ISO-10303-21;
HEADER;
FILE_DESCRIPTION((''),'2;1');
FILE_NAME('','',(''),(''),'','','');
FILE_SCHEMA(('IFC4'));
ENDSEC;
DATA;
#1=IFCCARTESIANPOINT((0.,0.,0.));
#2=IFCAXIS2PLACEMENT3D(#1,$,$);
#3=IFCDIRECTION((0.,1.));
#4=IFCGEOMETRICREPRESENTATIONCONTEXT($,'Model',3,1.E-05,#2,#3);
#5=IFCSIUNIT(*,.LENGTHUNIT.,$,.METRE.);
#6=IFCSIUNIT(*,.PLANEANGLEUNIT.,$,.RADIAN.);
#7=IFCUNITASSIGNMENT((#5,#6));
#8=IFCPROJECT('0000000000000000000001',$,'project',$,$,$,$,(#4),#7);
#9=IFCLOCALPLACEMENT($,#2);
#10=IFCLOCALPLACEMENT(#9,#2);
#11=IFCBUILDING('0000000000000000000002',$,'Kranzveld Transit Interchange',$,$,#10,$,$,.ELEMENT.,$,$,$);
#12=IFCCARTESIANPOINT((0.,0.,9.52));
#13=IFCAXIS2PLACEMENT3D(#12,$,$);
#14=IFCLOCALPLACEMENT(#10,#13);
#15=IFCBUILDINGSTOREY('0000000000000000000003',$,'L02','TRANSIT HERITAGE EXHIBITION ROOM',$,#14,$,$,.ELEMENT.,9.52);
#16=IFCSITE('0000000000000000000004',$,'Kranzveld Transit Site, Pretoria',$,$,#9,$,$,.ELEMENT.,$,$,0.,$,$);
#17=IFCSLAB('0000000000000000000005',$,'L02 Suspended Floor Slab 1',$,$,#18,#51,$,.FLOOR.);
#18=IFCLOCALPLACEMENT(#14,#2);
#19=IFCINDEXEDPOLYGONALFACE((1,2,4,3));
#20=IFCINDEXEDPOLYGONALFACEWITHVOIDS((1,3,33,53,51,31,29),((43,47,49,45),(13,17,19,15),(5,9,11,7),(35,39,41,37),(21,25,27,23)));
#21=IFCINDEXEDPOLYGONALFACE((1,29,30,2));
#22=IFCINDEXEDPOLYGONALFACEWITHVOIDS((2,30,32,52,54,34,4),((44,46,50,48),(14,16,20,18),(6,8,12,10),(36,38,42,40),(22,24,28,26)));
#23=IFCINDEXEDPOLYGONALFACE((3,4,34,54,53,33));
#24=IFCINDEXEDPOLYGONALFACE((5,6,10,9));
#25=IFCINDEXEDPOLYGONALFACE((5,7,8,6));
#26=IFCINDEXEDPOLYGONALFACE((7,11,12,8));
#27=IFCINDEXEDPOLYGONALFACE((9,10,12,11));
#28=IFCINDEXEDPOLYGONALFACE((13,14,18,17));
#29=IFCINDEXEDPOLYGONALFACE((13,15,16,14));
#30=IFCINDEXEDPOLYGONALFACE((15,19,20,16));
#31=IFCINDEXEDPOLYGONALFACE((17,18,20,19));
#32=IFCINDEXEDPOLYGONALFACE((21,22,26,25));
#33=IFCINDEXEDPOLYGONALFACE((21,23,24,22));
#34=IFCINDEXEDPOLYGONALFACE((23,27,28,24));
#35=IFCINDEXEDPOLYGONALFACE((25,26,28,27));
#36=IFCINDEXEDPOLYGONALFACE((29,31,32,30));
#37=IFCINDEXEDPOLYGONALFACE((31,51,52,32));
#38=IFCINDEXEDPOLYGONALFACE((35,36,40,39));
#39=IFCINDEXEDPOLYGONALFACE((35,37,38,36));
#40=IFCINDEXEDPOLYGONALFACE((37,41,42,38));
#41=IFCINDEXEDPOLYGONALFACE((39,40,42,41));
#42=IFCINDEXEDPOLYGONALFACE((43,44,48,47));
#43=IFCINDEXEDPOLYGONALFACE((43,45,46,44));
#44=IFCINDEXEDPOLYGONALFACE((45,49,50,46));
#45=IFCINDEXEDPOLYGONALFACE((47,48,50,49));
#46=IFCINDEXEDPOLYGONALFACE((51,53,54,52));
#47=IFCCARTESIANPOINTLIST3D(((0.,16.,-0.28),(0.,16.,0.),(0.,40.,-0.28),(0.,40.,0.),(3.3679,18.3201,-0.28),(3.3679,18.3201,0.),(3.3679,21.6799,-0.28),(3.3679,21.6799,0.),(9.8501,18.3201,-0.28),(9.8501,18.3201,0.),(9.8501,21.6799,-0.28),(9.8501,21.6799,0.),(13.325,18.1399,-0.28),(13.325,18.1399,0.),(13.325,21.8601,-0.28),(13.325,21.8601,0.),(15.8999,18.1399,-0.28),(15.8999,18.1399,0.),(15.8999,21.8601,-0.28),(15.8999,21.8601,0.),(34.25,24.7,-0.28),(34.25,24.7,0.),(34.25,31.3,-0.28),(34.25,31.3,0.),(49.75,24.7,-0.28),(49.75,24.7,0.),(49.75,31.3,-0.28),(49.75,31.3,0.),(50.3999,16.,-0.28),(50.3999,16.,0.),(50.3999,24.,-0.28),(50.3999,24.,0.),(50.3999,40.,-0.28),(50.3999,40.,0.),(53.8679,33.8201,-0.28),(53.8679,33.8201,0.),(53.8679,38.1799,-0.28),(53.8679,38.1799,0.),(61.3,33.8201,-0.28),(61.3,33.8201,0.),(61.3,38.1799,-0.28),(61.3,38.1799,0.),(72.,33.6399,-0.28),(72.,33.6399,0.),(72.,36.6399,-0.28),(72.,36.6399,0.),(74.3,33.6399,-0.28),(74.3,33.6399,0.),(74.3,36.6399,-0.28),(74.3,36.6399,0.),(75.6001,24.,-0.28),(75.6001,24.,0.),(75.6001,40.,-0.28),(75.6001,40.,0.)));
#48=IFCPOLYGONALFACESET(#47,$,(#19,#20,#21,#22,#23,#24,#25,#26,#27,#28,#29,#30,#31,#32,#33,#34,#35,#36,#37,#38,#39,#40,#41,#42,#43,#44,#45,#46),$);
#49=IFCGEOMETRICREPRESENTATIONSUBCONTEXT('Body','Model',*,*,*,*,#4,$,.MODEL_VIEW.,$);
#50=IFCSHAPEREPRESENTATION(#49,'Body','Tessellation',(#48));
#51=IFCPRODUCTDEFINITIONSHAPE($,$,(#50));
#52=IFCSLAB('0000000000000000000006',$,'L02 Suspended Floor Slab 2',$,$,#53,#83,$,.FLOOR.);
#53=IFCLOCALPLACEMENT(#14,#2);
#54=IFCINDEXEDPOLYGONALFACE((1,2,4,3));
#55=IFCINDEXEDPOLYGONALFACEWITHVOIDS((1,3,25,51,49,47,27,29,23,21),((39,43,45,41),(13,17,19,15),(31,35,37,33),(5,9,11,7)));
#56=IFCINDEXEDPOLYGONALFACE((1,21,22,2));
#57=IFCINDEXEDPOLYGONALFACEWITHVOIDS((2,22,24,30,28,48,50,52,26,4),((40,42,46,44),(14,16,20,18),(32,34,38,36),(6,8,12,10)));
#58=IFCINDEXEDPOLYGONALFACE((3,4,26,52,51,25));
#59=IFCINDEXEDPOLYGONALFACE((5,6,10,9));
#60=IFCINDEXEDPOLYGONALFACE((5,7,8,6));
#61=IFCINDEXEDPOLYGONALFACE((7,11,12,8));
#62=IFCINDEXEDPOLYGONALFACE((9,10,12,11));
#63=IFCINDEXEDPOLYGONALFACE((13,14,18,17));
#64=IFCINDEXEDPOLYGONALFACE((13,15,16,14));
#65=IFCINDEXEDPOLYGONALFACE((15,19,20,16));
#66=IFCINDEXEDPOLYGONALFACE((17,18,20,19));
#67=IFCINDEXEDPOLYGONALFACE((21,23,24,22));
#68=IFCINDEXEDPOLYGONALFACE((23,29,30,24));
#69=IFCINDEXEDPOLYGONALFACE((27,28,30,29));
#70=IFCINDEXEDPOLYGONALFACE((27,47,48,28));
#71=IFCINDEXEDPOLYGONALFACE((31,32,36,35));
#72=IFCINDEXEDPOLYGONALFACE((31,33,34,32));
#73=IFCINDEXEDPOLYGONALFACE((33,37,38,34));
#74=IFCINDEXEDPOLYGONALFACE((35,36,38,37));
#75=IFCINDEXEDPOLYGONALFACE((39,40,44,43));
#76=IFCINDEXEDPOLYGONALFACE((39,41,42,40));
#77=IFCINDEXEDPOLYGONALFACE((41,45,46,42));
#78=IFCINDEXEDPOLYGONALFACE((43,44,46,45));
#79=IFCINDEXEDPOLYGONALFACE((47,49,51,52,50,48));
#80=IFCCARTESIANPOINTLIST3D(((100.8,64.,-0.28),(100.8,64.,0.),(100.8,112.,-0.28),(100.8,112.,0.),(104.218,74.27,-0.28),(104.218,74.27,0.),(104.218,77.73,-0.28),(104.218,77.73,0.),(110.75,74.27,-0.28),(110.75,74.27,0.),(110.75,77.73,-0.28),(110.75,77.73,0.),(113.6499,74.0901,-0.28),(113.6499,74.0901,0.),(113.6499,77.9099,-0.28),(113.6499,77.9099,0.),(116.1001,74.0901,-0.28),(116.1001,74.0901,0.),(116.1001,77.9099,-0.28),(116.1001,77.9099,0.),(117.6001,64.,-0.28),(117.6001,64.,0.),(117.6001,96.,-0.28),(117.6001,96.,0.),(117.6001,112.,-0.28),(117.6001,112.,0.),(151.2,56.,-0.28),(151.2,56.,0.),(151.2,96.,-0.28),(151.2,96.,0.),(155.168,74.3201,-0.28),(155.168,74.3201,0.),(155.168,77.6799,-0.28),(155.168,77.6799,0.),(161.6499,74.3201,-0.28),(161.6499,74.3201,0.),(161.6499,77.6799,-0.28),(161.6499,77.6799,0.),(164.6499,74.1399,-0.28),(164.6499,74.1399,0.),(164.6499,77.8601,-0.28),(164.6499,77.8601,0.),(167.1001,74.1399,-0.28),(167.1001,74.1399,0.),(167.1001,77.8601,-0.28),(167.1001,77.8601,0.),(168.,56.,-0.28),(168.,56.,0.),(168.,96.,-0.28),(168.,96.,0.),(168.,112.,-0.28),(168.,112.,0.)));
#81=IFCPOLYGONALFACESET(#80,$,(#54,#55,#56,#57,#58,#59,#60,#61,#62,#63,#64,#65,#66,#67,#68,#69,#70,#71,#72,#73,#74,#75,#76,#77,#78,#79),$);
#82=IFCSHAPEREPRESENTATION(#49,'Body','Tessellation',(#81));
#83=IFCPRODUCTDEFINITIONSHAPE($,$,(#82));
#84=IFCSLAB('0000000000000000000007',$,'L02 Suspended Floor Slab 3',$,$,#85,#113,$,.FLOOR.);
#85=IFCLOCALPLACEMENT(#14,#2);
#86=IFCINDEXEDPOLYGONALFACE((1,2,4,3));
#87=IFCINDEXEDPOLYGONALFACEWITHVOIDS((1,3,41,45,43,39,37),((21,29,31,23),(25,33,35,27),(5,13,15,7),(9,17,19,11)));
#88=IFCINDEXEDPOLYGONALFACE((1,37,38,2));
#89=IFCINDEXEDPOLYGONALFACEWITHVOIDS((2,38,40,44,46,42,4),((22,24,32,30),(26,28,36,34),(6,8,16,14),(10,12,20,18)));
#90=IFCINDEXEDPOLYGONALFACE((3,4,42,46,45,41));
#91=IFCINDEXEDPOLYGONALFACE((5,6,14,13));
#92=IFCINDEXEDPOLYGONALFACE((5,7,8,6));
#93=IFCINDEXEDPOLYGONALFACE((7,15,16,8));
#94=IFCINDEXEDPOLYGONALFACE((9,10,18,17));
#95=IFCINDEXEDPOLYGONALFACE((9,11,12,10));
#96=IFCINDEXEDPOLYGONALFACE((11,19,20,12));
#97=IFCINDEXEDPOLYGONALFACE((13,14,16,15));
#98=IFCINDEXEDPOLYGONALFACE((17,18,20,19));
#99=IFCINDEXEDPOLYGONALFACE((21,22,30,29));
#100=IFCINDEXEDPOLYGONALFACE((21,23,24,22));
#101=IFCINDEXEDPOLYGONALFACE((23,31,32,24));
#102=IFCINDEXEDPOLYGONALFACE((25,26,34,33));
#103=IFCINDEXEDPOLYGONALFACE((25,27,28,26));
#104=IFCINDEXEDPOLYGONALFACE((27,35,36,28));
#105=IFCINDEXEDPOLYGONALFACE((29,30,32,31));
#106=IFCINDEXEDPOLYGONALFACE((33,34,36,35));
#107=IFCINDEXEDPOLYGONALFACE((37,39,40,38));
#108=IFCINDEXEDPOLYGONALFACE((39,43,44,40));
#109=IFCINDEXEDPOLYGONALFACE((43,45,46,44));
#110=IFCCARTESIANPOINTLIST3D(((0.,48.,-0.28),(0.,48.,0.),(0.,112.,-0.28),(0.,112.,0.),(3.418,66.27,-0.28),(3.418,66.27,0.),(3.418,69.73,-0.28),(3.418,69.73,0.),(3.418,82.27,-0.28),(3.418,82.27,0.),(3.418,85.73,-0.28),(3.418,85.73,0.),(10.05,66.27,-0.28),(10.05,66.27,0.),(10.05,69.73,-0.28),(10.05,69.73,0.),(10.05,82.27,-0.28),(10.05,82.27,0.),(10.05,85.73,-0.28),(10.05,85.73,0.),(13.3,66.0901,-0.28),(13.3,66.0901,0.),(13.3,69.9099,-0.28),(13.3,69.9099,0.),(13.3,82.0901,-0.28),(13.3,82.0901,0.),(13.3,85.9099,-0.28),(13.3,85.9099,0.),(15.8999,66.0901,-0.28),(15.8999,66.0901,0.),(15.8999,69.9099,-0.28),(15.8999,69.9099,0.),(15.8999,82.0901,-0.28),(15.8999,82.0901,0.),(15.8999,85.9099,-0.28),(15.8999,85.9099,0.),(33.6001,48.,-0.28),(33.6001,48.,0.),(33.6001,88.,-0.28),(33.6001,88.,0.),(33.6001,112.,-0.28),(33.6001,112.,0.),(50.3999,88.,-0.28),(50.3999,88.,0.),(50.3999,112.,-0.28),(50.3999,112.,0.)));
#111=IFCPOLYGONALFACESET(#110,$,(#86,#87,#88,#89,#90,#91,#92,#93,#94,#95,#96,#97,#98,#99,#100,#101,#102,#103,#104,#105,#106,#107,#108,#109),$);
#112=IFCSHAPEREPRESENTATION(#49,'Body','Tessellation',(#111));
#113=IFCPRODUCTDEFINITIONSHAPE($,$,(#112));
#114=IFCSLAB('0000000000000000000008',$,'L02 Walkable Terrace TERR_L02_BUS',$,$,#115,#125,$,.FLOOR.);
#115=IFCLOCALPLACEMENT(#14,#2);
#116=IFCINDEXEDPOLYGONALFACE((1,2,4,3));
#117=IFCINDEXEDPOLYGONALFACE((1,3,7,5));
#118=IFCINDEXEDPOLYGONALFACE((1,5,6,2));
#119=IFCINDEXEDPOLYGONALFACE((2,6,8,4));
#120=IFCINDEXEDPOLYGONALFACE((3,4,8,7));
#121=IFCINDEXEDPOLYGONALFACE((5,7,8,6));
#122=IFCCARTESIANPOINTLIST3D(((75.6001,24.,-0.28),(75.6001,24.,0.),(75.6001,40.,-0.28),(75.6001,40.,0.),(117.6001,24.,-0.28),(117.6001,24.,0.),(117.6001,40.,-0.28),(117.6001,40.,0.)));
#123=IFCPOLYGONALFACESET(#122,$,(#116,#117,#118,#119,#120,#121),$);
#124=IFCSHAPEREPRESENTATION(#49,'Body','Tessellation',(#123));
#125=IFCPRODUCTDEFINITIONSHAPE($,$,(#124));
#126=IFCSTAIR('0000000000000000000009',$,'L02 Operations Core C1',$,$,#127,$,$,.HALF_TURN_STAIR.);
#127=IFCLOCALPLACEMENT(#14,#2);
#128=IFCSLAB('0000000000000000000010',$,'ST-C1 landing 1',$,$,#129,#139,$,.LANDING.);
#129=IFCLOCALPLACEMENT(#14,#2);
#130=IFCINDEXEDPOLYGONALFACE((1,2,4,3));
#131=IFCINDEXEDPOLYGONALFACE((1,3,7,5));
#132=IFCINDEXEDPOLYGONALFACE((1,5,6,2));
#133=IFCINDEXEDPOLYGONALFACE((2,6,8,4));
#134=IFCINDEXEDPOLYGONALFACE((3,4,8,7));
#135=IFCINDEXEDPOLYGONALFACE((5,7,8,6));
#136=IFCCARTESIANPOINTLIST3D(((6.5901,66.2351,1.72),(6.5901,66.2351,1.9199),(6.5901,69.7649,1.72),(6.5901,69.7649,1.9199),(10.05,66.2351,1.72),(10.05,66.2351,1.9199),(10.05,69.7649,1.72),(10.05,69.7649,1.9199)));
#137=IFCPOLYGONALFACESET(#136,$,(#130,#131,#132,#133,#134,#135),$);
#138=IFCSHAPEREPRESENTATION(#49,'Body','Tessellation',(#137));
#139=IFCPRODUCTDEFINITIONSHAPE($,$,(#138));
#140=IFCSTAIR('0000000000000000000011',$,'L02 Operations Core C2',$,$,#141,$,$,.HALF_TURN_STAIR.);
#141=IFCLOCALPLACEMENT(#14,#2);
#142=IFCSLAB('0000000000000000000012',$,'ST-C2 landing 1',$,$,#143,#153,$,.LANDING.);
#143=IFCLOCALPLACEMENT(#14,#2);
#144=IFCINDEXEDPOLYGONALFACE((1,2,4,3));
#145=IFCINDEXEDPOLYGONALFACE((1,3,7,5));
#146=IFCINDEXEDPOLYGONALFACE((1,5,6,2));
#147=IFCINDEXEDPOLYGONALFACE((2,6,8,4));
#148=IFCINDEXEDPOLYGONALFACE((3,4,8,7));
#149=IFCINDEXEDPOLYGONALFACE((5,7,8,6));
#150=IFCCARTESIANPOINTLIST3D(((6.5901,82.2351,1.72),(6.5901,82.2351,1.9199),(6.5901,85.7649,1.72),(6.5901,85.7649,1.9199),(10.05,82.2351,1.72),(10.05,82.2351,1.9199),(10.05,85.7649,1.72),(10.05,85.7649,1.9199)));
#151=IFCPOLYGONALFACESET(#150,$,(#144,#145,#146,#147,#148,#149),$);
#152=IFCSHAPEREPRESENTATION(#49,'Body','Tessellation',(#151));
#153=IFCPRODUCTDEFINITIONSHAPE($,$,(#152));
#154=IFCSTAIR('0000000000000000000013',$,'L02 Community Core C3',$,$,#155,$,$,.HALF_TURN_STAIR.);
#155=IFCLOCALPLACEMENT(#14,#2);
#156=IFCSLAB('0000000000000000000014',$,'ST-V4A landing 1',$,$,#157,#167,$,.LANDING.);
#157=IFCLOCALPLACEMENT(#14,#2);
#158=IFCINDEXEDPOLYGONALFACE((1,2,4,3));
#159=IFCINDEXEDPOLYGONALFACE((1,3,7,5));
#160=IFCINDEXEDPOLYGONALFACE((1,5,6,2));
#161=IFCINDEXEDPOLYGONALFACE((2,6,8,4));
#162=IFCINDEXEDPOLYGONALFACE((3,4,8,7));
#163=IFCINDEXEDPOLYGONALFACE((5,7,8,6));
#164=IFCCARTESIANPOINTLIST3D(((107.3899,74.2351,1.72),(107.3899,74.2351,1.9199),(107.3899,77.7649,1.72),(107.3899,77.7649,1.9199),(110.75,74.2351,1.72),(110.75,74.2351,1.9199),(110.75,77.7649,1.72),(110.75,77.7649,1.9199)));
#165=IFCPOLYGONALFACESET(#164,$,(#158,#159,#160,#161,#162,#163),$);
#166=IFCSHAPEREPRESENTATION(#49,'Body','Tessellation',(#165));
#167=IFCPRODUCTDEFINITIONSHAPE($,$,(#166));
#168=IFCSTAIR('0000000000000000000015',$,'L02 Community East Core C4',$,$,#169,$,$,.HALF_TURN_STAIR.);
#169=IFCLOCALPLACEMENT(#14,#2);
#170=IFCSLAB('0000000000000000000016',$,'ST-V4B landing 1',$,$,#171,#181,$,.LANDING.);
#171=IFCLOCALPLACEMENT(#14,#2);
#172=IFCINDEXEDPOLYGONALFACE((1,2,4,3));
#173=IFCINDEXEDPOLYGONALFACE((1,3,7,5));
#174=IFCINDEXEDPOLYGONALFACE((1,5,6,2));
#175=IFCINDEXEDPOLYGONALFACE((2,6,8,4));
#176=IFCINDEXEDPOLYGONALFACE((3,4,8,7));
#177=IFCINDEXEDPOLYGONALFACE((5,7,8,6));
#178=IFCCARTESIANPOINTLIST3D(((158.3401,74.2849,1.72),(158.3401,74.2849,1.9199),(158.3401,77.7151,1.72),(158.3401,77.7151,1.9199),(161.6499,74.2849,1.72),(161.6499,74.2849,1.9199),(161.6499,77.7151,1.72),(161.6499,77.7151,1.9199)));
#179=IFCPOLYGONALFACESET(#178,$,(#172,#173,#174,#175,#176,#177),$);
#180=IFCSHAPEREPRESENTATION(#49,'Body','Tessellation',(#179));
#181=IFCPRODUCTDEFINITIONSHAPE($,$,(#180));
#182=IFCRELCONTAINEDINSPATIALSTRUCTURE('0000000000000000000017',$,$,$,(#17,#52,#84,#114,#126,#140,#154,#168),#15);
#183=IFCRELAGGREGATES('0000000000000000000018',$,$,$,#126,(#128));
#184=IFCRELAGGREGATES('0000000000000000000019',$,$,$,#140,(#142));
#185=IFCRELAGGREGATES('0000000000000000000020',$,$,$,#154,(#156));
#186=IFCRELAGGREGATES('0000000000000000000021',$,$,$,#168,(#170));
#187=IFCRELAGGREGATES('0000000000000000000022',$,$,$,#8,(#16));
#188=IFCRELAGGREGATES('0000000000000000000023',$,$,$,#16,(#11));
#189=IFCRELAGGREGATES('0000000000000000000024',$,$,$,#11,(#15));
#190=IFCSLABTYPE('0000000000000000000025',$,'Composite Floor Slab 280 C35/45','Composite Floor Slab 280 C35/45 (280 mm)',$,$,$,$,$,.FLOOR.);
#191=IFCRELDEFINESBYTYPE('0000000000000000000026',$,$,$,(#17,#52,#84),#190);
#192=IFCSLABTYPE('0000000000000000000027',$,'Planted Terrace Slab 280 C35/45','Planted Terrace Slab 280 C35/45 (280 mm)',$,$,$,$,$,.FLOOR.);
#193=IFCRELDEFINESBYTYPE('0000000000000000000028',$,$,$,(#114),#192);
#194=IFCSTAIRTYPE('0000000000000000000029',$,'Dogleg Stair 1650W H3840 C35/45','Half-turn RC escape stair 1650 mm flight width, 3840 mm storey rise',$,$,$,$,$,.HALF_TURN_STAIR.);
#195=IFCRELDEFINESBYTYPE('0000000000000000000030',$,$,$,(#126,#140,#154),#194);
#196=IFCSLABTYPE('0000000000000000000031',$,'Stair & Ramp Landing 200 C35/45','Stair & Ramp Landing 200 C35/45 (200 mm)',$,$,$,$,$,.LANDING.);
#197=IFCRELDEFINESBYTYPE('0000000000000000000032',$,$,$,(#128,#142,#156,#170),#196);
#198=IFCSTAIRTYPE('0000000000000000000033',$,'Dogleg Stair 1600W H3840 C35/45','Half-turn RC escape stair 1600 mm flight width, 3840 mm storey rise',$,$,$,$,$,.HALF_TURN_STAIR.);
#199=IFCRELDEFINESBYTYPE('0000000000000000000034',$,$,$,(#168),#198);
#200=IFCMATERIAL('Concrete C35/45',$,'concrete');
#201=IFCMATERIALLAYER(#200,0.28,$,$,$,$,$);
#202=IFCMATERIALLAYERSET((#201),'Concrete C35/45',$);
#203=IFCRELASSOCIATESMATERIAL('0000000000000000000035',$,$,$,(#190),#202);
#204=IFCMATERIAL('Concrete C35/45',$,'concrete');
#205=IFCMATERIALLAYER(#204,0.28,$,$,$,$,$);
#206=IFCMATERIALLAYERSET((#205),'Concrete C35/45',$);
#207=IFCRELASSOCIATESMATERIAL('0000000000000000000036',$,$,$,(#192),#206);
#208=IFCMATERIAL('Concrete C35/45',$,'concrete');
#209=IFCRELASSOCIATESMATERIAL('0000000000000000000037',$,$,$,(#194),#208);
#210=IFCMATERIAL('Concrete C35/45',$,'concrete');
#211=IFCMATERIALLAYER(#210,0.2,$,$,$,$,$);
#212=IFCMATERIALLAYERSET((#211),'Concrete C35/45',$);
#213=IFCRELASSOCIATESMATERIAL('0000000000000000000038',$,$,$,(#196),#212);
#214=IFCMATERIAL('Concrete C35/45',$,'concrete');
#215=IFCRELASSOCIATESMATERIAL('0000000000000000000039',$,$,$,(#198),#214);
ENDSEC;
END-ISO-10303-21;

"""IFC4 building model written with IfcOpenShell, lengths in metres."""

from ifc_helpers import new_model, si_unit, direction, frame, origin, place, context, subcontext, project, spatial, polyline, outline, extrude, material, layer, layer_set, type_object, element, aggregate, save


model = new_model("IFC4")

# Units and contexts
model_context = context("Model", 3, precision=1e-05, world=origin(), true_north=direction((0.0, 1.0)))
body_context = subcontext(model_context, "Body", "Model", "MODEL_VIEW")
ifc_project = project(units=[si_unit("LENGTHUNIT", "METRE"), si_unit("PLANEANGLEUNIT", "RADIAN")], contexts=[model_context])

# Site, building, storey
site_placement = place(None, origin())
site = spatial("IfcSite", under=ifc_project, at=site_placement, Name="Kranzveld Transit Site, Pretoria", CompositionType="ELEMENT", RefElevation=0.0)
building_placement = place(site_placement, origin())
building = spatial("IfcBuilding", under=site, at=building_placement, Name="Kranzveld Transit Interchange", CompositionType="ELEMENT")
storey_placement = place(building_placement, frame((0.0, 0.0, 9.52)))
storey = spatial("IfcBuildingStorey", under=building, at=storey_placement, Name="L02", Description="TRANSIT HERITAGE EXHIBITION ROOM", CompositionType="ELEMENT", Elevation=9.52)

# Slabs
ifc_material_1 = material(Name="Concrete C35/45", Category="concrete")
ifc_layer_1 = layer(ifc_material_1, 0.28)
ifc_layer_set_1 = layer_set([ifc_layer_1], Name="Concrete C35/45")
slab_type_1 = type_object("IfcSlabType", Name="Composite Floor Slab 280 C35/45", Description="Composite Floor Slab 280 C35/45 (280 mm)", PredefinedType="FLOOR", material=ifc_layer_set_1)
slab_1_placement = place(storey_placement, frame((0.0, 0.0, -0.28)))
element("IfcSlab", 1, at=slab_1_placement, inside=storey, type_object=slab_type_1, Name="L02 Suspended Floor Slab 1", PredefinedType="FLOOR", context=body_context, shape_type="SweptSolid", body=[
    extrude(outline(polyline([(0.0, 40.0), (50.3999, 40.0), (75.6001, 40.0), (75.6001, 24.0), (50.3999, 24.0), (50.3999, 16.0), (0.0, 16.0), (0.0, 40.0)]), holes=[polyline([(9.8501, 21.6799), (3.3679, 21.6799), (3.3679, 18.3201), (9.8501, 18.3201), (9.8501, 21.6799)]), polyline([(15.8999, 21.8601), (13.325, 21.8601), (13.325, 18.1399), (15.8999, 18.1399), (15.8999, 21.8601)]), polyline([(49.75, 31.3), (34.25, 31.3), (34.25, 24.7), (49.75, 24.7), (49.75, 31.3)]), polyline([(74.3, 36.6399), (72.0, 36.6399), (72.0, 33.6399), (74.3, 33.6399), (74.3, 36.6399)]), polyline([(61.3, 33.8201), (61.3, 38.1799), (53.8679, 38.1799), (53.8679, 33.8201), (61.3, 33.8201)])]), origin(), (0.0, 0.0, 1.0), 0.28),
])
slab_2_placement = place(storey_placement, frame((0.0, 0.0, -0.28)))
element("IfcSlab", 2, at=slab_2_placement, inside=storey, type_object=slab_type_1, Name="L02 Suspended Floor Slab 2", PredefinedType="FLOOR", context=body_context, shape_type="SweptSolid", body=[
    extrude(outline(polyline([(151.2, 56.0), (151.2, 96.0), (117.6001, 96.0), (117.6001, 64.0), (100.8, 64.0), (100.8, 112.0), (117.6001, 112.0), (168.0, 112.0), (168.0, 96.0), (168.0, 56.0), (151.2, 56.0)]), holes=[polyline([(110.75, 74.27), (110.75, 77.73), (104.218, 77.73), (104.218, 74.27), (110.75, 74.27)]), polyline([(116.1001, 77.9099), (113.6499, 77.9099), (113.6499, 74.0901), (116.1001, 74.0901), (116.1001, 77.9099)]), polyline([(161.6499, 74.3201), (161.6499, 77.6799), (155.168, 77.6799), (155.168, 74.3201), (161.6499, 74.3201)]), polyline([(167.1001, 77.8601), (164.6499, 77.8601), (164.6499, 74.1399), (167.1001, 74.1399), (167.1001, 77.8601)])]), origin(), (0.0, 0.0, 1.0), 0.28),
])
slab_3_placement = place(storey_placement, frame((0.0, 0.0, -0.28)))
element("IfcSlab", 3, at=slab_3_placement, inside=storey, type_object=slab_type_1, Name="L02 Suspended Floor Slab 3", PredefinedType="FLOOR", context=body_context, shape_type="SweptSolid", body=[
    extrude(outline(polyline([(50.3999, 112.0), (50.3999, 88.0), (33.6001, 88.0), (33.6001, 48.0), (0.0, 48.0), (0.0, 112.0), (33.6001, 112.0), (50.3999, 112.0)]), holes=[polyline([(10.05, 69.73), (3.418, 69.73), (3.418, 66.27), (10.05, 66.27), (10.05, 69.73)]), polyline([(15.8999, 69.9099), (13.3, 69.9099), (13.3, 66.0901), (15.8999, 66.0901), (15.8999, 69.9099)]), polyline([(10.05, 82.27), (10.05, 85.73), (3.418, 85.73), (3.418, 82.27), (10.05, 82.27)]), polyline([(13.3, 85.9099), (13.3, 82.0901), (15.8999, 82.0901), (15.8999, 85.9099), (13.3, 85.9099)])]), origin(), (0.0, 0.0, 1.0), 0.28),
])
ifc_material_2 = material(Name="Concrete C35/45", Category="concrete")
ifc_layer_2 = layer(ifc_material_2, 0.28)
ifc_layer_set_2 = layer_set([ifc_layer_2], Name="Concrete C35/45")
slab_type_2 = type_object("IfcSlabType", Name="Planted Terrace Slab 280 C35/45", Description="Planted Terrace Slab 280 C35/45 (280 mm)", PredefinedType="FLOOR", material=ifc_layer_set_2)
slab_4_placement = place(storey_placement, frame((0.0, 0.0, -0.28)))
element("IfcSlab", 4, at=slab_4_placement, inside=storey, type_object=slab_type_2, Name="L02 Walkable Terrace TERR_L02_BUS", PredefinedType="FLOOR", context=body_context, shape_type="SweptSolid", body=[
    extrude(outline(polyline([(117.6001, 24.0), (117.6001, 40.0), (75.6001, 40.0), (75.6001, 24.0), (117.6001, 24.0)])), origin(), (0.0, 0.0, 1.0), 0.28),
])

# Stairs, slabs
ifc_material_3 = material(Name="Concrete C35/45", Category="concrete")
stair_type_1 = type_object("IfcStairType", Name="Dogleg Stair 1650W H3840 C35/45", Description="Half-turn RC escape stair 1650 mm flight width, 3840 mm storey rise", PredefinedType="HALF_TURN_STAIR", material=ifc_material_3)
stair_1_placement = place(storey_placement, origin())
stair_1 = element("IfcStair", 5, at=stair_1_placement, inside=storey, type_object=stair_type_1, Name="L02 Operations Core C1", PredefinedType="HALF_TURN_STAIR")
ifc_material_4 = material(Name="Concrete C35/45", Category="concrete")
ifc_layer_3 = layer(ifc_material_4, 0.2)
ifc_layer_set_3 = layer_set([ifc_layer_3], Name="Concrete C35/45")
slab_type_3 = type_object("IfcSlabType", Name="Stair & Ramp Landing 200 C35/45", Description="Stair & Ramp Landing 200 C35/45 (200 mm)", PredefinedType="LANDING", material=ifc_layer_set_3)
slab_5_placement = place(storey_placement, frame((0.0, 0.0, 1.72)))
slab_5 = element("IfcSlab", 6, at=slab_5_placement, type_object=slab_type_3, Name="ST-C1 landing 1", PredefinedType="LANDING", context=body_context, shape_type="SweptSolid", body=[
    extrude(outline(polyline([(6.5901, 66.2351), (10.05, 66.2351), (10.05, 69.7649), (6.5901, 69.7649), (6.5901, 66.2351)])), origin(), (0.0, 0.0, 1.0), 0.2),
])
aggregate(stair_1, [slab_5])
stair_2_placement = place(storey_placement, origin())
stair_2 = element("IfcStair", 7, at=stair_2_placement, inside=storey, type_object=stair_type_1, Name="L02 Operations Core C2", PredefinedType="HALF_TURN_STAIR")
slab_6_placement = place(storey_placement, frame((0.0, 0.0, 1.72)))
slab_6 = element("IfcSlab", 8, at=slab_6_placement, type_object=slab_type_3, Name="ST-C2 landing 1", PredefinedType="LANDING", context=body_context, shape_type="SweptSolid", body=[
    extrude(outline(polyline([(6.5901, 82.2351), (10.05, 82.2351), (10.05, 85.7649), (6.5901, 85.7649), (6.5901, 82.2351)])), origin(), (0.0, 0.0, 1.0), 0.2),
])
aggregate(stair_2, [slab_6])
stair_3_placement = place(storey_placement, origin())
stair_3 = element("IfcStair", 9, at=stair_3_placement, inside=storey, type_object=stair_type_1, Name="L02 Community Core C3", PredefinedType="HALF_TURN_STAIR")
slab_7_placement = place(storey_placement, frame((0.0, 0.0, 1.72)))
slab_7 = element("IfcSlab", 10, at=slab_7_placement, type_object=slab_type_3, Name="ST-V4A landing 1", PredefinedType="LANDING", context=body_context, shape_type="SweptSolid", body=[
    extrude(outline(polyline([(107.3899, 74.2351), (110.75, 74.2351), (110.75, 77.7649), (107.3899, 77.7649), (107.3899, 74.2351)])), origin(), (0.0, 0.0, 1.0), 0.2),
])
aggregate(stair_3, [slab_7])
ifc_material_5 = material(Name="Concrete C35/45", Category="concrete")
stair_type_2 = type_object("IfcStairType", Name="Dogleg Stair 1600W H3840 C35/45", Description="Half-turn RC escape stair 1600 mm flight width, 3840 mm storey rise", PredefinedType="HALF_TURN_STAIR", material=ifc_material_5)
stair_4_placement = place(storey_placement, origin())
stair_4 = element("IfcStair", 11, at=stair_4_placement, inside=storey, type_object=stair_type_2, Name="L02 Community East Core C4", PredefinedType="HALF_TURN_STAIR")
slab_8_placement = place(storey_placement, frame((0.0, 0.0, 1.72)))
slab_8 = element("IfcSlab", 12, at=slab_8_placement, type_object=slab_type_3, Name="ST-V4B landing 1", PredefinedType="LANDING", context=body_context, shape_type="SweptSolid", body=[
    extrude(outline(polyline([(158.3401, 74.2849), (161.6499, 74.2849), (161.6499, 77.7151), (158.3401, 77.7151), (158.3401, 74.2849)])), origin(), (0.0, 0.0, 1.0), 0.2),
])
aggregate(stair_4, [slab_8])

save(model, "model.ifc")
